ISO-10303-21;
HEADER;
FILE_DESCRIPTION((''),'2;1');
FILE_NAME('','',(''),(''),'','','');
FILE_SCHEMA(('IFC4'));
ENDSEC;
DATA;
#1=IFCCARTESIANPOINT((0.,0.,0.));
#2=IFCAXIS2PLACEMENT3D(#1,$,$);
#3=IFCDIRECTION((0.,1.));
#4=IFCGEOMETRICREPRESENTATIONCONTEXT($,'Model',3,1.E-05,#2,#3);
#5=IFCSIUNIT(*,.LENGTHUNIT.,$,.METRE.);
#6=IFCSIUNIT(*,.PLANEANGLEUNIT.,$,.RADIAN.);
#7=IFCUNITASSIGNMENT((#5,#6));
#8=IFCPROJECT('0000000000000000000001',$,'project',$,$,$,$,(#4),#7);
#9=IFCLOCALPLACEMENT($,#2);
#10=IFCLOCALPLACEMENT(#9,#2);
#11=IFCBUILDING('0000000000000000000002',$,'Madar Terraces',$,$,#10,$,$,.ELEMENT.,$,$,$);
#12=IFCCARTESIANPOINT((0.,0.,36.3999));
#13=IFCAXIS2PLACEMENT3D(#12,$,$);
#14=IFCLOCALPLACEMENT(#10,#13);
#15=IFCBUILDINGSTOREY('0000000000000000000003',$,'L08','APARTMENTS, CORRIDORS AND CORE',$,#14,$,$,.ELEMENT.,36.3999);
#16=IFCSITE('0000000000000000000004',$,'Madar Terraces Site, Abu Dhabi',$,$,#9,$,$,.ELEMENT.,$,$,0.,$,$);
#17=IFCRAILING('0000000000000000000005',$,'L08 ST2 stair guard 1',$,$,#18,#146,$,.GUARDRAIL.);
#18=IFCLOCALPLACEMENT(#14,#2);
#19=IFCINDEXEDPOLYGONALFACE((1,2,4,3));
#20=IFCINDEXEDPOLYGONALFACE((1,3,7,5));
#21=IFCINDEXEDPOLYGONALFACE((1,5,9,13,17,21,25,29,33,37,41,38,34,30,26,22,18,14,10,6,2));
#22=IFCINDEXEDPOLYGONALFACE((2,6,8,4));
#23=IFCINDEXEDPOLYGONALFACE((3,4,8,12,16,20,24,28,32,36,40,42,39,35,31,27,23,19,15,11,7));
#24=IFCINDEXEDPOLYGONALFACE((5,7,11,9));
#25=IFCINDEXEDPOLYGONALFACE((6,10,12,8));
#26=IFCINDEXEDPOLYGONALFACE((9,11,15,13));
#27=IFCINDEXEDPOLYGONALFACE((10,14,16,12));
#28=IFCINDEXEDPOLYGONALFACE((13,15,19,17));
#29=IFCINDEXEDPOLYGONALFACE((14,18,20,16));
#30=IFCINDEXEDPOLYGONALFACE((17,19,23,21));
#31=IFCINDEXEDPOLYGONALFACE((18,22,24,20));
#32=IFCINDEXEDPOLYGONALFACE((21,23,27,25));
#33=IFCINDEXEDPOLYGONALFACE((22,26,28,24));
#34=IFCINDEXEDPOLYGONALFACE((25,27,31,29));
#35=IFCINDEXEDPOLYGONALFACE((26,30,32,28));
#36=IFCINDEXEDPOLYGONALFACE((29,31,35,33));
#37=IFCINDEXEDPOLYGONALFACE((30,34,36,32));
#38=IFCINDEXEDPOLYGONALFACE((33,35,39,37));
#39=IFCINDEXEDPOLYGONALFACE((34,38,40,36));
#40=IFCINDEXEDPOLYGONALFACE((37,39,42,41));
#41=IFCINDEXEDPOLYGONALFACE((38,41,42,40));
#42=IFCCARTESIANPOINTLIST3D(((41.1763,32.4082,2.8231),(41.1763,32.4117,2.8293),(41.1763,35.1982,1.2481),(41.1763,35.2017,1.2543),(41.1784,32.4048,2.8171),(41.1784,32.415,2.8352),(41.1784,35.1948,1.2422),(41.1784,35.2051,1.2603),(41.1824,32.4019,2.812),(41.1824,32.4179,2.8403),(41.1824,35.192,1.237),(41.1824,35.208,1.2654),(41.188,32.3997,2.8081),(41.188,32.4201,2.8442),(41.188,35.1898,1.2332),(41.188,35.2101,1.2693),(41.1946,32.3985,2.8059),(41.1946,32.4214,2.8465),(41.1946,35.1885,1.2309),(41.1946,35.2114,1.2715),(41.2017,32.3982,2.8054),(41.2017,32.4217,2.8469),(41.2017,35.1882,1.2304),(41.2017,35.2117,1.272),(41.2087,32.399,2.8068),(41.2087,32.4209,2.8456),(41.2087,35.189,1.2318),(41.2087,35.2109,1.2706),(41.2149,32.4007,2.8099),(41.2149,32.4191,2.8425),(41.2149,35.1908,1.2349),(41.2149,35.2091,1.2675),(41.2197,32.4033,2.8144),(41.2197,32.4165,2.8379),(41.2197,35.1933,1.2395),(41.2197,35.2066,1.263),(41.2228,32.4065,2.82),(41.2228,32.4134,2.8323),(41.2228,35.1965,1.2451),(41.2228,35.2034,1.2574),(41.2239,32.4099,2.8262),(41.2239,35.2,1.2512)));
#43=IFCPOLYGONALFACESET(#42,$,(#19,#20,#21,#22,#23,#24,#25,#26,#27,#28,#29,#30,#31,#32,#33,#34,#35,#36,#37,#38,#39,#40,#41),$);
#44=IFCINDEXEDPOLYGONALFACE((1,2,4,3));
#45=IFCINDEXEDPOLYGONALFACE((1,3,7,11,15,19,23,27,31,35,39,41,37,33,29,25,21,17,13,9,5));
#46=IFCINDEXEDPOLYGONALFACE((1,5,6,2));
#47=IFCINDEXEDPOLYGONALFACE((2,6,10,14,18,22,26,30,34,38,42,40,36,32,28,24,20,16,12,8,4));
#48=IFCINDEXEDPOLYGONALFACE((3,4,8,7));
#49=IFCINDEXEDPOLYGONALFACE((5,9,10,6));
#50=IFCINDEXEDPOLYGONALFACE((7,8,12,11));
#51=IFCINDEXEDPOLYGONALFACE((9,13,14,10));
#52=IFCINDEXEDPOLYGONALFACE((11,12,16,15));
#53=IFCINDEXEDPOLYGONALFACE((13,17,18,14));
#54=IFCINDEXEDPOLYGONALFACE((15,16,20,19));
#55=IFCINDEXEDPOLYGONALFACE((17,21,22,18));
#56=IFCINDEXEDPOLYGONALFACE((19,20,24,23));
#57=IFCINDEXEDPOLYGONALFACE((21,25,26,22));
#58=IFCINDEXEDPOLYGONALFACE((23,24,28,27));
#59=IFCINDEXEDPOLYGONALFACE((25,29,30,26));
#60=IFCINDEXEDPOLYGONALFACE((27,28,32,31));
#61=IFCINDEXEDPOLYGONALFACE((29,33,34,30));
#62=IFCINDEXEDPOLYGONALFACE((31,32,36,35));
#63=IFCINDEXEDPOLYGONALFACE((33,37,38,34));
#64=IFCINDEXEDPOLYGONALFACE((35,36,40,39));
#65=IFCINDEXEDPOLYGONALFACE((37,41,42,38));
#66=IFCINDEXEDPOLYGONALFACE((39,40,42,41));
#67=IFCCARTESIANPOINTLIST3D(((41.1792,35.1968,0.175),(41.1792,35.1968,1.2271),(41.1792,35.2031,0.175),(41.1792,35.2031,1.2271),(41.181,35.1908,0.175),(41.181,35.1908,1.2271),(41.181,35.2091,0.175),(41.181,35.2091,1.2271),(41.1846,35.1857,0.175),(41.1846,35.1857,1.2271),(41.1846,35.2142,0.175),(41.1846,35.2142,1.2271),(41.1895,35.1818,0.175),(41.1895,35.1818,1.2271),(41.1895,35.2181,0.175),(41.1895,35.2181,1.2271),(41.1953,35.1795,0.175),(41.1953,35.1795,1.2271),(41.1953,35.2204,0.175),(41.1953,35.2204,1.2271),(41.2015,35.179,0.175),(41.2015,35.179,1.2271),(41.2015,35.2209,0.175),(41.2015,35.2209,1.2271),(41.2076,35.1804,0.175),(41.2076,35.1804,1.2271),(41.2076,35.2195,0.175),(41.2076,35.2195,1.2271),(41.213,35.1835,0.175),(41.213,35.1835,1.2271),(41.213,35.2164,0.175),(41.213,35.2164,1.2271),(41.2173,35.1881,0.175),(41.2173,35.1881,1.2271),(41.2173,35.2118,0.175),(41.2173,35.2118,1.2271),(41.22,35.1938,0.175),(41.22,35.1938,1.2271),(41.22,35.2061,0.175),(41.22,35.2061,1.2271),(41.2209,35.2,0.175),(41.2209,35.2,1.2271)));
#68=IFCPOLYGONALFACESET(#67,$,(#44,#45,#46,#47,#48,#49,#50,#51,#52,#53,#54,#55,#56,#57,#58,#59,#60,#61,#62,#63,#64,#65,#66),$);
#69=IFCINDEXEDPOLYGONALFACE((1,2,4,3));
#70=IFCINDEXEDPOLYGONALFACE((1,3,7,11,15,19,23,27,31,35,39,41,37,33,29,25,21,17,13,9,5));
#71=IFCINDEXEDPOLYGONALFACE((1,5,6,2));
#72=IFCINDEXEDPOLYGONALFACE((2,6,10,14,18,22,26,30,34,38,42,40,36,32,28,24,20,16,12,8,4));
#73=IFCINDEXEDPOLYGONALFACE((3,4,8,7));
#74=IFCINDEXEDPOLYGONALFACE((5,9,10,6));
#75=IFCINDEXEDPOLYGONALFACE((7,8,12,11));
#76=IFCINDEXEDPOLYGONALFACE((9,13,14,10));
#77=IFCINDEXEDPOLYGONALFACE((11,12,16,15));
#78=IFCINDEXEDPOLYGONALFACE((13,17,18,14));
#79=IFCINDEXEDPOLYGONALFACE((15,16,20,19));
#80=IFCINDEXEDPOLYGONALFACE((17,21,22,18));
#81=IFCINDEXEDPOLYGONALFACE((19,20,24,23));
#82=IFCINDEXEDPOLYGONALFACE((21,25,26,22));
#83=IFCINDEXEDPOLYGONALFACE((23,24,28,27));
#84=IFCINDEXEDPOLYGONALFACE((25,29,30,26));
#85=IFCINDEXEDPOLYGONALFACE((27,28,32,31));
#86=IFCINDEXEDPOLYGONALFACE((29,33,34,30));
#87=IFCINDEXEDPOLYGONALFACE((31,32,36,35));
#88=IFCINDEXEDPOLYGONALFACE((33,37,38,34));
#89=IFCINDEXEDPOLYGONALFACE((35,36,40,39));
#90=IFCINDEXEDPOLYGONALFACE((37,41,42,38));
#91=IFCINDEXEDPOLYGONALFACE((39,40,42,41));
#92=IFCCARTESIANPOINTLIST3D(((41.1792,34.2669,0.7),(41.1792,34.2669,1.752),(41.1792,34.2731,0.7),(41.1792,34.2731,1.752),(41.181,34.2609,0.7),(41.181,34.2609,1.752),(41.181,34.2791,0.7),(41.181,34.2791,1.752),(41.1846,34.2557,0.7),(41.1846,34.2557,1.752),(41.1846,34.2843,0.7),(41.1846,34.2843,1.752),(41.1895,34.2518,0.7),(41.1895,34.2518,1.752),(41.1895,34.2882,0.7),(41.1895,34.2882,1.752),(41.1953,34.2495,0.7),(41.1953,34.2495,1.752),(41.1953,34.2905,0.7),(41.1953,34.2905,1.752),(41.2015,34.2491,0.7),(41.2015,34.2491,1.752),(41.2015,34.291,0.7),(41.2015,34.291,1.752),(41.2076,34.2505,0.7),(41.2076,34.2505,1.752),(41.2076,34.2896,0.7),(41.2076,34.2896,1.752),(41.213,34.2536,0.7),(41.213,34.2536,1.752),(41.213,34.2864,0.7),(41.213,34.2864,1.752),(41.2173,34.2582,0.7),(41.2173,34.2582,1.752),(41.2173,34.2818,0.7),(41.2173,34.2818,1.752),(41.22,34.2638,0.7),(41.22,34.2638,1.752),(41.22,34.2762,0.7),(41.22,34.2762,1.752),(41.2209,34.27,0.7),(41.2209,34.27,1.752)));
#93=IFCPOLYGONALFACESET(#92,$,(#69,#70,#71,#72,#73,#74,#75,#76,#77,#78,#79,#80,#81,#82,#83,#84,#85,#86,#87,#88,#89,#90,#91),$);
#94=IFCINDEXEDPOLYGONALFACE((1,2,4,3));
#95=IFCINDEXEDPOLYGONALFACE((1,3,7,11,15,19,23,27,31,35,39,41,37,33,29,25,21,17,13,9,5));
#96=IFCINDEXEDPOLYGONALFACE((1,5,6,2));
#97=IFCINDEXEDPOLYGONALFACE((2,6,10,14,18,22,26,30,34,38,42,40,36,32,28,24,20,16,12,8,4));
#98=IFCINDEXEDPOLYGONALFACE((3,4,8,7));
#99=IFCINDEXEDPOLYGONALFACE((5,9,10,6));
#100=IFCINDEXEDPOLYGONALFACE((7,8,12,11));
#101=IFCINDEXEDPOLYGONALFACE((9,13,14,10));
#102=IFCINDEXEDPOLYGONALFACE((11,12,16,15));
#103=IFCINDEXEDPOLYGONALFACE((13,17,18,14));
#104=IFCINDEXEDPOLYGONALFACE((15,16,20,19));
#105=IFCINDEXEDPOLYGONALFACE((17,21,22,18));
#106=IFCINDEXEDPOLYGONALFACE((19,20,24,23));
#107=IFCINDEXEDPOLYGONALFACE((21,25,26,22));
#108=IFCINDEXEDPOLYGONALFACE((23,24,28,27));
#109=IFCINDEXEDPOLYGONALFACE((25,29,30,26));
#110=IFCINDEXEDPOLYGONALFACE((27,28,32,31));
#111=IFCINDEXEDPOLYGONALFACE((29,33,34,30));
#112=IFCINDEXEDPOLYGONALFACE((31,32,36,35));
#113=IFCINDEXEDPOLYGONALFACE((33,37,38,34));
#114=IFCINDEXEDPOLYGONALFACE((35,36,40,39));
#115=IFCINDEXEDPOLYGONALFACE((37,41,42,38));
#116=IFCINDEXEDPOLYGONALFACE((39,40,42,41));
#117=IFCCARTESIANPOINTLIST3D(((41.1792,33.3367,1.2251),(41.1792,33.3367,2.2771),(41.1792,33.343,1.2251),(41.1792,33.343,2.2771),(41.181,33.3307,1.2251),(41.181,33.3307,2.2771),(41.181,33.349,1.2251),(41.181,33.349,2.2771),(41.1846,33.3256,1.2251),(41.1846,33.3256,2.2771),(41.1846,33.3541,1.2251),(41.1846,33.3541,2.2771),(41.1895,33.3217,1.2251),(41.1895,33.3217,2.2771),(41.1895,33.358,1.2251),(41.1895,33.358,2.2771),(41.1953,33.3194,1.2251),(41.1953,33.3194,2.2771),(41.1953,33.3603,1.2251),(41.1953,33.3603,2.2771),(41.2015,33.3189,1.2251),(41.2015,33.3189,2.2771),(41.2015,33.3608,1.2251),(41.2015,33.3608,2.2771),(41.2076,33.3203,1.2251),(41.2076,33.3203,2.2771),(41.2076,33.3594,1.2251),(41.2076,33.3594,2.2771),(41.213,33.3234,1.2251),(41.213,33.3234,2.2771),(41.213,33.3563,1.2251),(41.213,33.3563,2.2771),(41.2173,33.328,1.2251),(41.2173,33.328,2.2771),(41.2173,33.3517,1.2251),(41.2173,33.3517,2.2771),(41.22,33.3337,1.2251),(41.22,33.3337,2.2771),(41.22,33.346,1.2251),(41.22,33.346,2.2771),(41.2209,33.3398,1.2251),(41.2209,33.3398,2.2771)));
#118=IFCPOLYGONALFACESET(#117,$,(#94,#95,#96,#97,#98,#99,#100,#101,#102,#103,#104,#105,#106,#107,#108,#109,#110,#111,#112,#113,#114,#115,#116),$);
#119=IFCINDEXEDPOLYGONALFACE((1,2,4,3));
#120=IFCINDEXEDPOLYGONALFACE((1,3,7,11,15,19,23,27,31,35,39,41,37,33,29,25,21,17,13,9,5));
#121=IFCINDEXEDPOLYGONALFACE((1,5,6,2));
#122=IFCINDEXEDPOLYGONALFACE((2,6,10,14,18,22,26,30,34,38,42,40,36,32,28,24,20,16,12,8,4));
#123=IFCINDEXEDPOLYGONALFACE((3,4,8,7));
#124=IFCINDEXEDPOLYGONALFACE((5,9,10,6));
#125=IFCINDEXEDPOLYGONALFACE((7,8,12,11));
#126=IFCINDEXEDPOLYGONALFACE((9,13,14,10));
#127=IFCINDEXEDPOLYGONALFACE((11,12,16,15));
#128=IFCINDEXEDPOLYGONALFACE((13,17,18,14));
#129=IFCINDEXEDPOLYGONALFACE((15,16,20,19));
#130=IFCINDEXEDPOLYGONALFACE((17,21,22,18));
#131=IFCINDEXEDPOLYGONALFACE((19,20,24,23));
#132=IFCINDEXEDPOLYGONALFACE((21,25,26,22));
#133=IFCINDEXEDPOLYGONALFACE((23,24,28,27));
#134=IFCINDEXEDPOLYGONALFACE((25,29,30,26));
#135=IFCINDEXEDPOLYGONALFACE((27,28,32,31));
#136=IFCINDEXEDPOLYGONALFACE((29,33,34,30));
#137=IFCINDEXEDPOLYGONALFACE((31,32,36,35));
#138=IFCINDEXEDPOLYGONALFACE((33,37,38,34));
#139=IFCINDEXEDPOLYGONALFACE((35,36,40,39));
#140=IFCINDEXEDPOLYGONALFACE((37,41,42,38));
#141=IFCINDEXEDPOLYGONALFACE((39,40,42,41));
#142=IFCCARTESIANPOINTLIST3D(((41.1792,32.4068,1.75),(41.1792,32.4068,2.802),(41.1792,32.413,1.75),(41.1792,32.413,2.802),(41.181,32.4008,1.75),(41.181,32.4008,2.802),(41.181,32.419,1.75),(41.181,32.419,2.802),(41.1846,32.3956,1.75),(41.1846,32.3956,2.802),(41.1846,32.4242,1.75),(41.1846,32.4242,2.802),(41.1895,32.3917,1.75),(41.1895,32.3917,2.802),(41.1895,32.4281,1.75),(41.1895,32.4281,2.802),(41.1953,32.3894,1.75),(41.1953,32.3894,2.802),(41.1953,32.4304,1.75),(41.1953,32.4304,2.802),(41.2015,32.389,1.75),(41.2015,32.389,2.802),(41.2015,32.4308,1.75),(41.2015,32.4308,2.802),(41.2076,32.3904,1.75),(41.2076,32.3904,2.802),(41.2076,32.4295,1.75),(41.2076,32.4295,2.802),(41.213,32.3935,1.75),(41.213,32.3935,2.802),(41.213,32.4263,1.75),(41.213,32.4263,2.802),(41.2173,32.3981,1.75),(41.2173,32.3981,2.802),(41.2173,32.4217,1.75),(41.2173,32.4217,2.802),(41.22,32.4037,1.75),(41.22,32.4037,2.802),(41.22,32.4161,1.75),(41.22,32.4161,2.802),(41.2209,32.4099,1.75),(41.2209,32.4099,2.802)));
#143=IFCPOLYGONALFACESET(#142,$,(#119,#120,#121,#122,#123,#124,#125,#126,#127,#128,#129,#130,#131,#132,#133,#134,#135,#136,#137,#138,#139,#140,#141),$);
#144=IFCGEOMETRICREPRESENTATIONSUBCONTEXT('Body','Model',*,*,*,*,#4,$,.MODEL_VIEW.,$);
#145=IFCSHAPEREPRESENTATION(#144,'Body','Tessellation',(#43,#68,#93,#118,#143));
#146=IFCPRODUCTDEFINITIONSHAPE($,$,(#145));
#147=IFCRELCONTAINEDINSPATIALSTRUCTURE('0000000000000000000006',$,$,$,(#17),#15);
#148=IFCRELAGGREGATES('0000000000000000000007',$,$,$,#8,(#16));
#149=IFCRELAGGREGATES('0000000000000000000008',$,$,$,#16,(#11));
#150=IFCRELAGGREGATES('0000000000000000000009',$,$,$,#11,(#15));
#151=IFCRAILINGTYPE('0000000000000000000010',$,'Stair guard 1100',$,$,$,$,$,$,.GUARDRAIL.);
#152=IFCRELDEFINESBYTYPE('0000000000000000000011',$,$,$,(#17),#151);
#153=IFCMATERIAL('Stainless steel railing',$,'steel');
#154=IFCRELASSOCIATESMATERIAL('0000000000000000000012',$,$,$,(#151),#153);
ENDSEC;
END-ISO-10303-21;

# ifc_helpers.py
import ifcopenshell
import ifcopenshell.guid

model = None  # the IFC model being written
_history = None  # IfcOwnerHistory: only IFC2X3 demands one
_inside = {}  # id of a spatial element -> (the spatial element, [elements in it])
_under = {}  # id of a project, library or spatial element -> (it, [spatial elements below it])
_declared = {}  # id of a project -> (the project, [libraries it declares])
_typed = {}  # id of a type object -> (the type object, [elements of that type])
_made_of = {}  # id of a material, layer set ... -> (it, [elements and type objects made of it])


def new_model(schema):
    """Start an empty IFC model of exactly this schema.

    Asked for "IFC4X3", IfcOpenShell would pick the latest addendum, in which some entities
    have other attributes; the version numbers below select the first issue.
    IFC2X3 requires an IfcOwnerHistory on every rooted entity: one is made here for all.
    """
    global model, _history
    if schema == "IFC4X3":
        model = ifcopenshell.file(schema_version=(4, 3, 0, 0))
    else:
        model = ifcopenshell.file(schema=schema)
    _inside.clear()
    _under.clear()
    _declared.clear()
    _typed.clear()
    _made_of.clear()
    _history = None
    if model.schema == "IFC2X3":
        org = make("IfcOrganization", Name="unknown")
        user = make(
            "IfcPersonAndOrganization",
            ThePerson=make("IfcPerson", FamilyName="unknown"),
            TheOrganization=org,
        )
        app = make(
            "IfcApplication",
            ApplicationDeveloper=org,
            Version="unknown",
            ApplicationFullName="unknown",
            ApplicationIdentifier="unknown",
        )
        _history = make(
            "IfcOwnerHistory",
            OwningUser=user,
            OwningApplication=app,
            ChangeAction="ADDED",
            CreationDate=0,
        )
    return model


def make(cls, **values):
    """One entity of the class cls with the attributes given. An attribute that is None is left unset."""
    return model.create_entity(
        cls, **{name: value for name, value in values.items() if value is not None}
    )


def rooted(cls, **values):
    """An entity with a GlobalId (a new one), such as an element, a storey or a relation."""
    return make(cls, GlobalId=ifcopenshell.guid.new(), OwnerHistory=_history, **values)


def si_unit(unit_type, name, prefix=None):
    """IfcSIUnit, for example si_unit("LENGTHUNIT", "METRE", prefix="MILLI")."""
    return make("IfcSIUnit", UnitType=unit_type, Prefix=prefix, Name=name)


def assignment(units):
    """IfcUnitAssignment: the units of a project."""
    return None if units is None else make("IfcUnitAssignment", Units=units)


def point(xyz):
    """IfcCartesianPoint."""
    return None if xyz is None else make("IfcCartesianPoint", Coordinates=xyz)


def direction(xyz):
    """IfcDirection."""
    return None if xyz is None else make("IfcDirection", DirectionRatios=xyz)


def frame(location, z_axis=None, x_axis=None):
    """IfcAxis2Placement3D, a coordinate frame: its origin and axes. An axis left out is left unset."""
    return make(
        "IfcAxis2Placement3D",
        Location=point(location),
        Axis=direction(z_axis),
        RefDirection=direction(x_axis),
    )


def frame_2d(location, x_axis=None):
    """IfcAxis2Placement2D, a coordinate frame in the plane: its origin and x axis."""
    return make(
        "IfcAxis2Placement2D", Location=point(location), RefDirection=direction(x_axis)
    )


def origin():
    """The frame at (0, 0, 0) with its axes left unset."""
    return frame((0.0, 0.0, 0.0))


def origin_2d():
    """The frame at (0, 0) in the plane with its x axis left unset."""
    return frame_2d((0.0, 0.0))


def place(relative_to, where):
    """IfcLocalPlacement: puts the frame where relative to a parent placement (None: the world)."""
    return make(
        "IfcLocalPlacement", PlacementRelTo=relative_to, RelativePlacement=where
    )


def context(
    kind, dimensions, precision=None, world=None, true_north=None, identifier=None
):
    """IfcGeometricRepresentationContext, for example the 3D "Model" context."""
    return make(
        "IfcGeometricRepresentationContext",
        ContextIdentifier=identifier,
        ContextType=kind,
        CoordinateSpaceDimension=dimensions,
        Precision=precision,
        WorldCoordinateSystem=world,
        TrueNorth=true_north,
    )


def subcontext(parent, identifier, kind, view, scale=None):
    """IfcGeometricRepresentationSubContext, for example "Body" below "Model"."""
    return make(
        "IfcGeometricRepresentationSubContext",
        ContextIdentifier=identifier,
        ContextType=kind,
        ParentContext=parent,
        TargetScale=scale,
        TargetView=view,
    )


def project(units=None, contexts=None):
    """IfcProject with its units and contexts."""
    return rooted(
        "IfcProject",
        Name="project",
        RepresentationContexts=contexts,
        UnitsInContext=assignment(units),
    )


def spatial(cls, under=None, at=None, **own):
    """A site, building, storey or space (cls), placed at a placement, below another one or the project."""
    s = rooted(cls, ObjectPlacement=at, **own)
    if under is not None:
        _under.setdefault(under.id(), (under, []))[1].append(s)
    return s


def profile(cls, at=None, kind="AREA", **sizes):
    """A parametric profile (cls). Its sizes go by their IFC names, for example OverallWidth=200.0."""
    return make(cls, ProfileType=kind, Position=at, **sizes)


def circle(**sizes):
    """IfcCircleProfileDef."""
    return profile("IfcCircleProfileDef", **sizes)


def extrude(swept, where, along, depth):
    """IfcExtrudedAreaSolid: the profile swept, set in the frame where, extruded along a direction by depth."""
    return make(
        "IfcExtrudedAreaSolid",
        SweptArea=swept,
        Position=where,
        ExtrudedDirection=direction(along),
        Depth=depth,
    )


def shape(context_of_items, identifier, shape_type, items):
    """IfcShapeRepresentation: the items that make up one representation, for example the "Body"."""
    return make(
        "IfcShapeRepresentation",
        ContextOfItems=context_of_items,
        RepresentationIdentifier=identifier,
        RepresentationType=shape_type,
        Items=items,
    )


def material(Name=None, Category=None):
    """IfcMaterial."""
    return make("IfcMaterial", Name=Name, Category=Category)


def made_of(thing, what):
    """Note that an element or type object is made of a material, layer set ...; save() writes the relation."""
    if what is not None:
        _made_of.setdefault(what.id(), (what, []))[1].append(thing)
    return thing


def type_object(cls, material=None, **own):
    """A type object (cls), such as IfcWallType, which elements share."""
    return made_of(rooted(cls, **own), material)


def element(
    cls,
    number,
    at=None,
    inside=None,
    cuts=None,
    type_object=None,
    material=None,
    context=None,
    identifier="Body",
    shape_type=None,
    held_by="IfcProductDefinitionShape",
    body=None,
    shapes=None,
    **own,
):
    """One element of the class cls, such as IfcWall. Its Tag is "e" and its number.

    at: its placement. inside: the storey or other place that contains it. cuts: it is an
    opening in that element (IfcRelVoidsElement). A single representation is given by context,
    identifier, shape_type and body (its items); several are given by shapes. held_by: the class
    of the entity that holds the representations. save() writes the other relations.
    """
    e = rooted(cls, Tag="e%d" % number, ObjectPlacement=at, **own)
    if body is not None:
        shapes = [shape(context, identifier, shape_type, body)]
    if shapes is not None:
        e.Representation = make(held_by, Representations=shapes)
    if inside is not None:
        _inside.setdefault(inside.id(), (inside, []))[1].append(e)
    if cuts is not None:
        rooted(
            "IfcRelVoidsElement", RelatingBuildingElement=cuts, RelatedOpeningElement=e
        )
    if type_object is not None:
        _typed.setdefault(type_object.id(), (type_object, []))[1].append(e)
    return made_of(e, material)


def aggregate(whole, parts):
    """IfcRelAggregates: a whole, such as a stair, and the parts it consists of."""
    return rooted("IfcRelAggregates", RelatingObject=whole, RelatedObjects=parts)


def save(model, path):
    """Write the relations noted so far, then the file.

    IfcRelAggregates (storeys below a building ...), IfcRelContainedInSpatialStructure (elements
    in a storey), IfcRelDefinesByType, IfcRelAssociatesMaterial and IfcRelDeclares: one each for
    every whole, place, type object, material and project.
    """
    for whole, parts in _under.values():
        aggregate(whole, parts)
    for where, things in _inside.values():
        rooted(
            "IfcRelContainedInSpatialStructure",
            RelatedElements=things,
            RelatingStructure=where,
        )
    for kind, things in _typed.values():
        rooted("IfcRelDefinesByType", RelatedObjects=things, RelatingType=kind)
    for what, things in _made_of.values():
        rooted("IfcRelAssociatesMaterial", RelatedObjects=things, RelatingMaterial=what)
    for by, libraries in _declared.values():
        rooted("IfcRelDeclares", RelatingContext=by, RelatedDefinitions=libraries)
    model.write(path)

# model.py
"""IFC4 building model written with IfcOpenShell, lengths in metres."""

from ifc_helpers import new_model, si_unit, direction, frame, origin, origin_2d, place, context, subcontext, project, spatial, circle, extrude, material, type_object, element, save


model = new_model("IFC4")

# Units and contexts
model_context = context("Model", 3, precision=1e-05, world=origin(), true_north=direction((0.0, 1.0)))
body_context = subcontext(model_context, "Body", "Model", "MODEL_VIEW")
ifc_project = project(units=[si_unit("LENGTHUNIT", "METRE"), si_unit("PLANEANGLEUNIT", "RADIAN")], contexts=[model_context])

# Site, building, storey
site_placement = place(None, origin())
site = spatial("IfcSite", under=ifc_project, at=site_placement, Name="Madar Terraces Site, Abu Dhabi", CompositionType="ELEMENT", RefElevation=0.0)
building_placement = place(site_placement, origin())
building = spatial("IfcBuilding", under=site, at=building_placement, Name="Madar Terraces", CompositionType="ELEMENT")
storey_placement = place(building_placement, frame((0.0, 0.0, 36.3999)))
storey = spatial("IfcBuildingStorey", under=building, at=storey_placement, Name="L08", Description="APARTMENTS, CORRIDORS AND CORE", CompositionType="ELEMENT", Elevation=36.3999)

# Railing
ifc_material_1 = material(Name="Stainless steel railing", Category="steel")
railing_type_1 = type_object("IfcRailingType", Name="Stair guard 1100", PredefinedType="GUARDRAIL", material=ifc_material_1)
railing_1_placement = place(storey_placement, frame((41.2, 35.2, 0.175)))
element("IfcRailing", 1, at=railing_1_placement, inside=storey, type_object=railing_type_1, Name="L08 ST2 stair guard 1", PredefinedType="GUARDRAIL", context=body_context, shape_type="SweptSolid", body=[
    extrude(circle(Radius=0.0239, at=origin_2d()), frame((0.0, 0.0, 1.0762), z_axis=(0.0, -0.870834, 0.491578), x_axis=(1.0, 0.0, 0.0)), (0.0, 0.0, 1.0), 3.2039),
    extrude(circle(Radius=0.021, at=origin_2d()), origin(), (0.0, 0.0, 1.0), 1.052),
    extrude(circle(Radius=0.021, at=origin_2d()), frame((0.0, -0.9299, 0.5249)), (0.0, 0.0, 1.0), 1.052),
    extrude(circle(Radius=0.021, at=origin_2d()), frame((0.0, -1.8601, 1.05)), (0.0, 0.0, 1.0), 1.052),
    extrude(circle(Radius=0.021, at=origin_2d()), frame((0.0, -2.79, 1.575)), (0.0, 0.0, 1.0), 1.052),
])

save(model, "model.ifc")
